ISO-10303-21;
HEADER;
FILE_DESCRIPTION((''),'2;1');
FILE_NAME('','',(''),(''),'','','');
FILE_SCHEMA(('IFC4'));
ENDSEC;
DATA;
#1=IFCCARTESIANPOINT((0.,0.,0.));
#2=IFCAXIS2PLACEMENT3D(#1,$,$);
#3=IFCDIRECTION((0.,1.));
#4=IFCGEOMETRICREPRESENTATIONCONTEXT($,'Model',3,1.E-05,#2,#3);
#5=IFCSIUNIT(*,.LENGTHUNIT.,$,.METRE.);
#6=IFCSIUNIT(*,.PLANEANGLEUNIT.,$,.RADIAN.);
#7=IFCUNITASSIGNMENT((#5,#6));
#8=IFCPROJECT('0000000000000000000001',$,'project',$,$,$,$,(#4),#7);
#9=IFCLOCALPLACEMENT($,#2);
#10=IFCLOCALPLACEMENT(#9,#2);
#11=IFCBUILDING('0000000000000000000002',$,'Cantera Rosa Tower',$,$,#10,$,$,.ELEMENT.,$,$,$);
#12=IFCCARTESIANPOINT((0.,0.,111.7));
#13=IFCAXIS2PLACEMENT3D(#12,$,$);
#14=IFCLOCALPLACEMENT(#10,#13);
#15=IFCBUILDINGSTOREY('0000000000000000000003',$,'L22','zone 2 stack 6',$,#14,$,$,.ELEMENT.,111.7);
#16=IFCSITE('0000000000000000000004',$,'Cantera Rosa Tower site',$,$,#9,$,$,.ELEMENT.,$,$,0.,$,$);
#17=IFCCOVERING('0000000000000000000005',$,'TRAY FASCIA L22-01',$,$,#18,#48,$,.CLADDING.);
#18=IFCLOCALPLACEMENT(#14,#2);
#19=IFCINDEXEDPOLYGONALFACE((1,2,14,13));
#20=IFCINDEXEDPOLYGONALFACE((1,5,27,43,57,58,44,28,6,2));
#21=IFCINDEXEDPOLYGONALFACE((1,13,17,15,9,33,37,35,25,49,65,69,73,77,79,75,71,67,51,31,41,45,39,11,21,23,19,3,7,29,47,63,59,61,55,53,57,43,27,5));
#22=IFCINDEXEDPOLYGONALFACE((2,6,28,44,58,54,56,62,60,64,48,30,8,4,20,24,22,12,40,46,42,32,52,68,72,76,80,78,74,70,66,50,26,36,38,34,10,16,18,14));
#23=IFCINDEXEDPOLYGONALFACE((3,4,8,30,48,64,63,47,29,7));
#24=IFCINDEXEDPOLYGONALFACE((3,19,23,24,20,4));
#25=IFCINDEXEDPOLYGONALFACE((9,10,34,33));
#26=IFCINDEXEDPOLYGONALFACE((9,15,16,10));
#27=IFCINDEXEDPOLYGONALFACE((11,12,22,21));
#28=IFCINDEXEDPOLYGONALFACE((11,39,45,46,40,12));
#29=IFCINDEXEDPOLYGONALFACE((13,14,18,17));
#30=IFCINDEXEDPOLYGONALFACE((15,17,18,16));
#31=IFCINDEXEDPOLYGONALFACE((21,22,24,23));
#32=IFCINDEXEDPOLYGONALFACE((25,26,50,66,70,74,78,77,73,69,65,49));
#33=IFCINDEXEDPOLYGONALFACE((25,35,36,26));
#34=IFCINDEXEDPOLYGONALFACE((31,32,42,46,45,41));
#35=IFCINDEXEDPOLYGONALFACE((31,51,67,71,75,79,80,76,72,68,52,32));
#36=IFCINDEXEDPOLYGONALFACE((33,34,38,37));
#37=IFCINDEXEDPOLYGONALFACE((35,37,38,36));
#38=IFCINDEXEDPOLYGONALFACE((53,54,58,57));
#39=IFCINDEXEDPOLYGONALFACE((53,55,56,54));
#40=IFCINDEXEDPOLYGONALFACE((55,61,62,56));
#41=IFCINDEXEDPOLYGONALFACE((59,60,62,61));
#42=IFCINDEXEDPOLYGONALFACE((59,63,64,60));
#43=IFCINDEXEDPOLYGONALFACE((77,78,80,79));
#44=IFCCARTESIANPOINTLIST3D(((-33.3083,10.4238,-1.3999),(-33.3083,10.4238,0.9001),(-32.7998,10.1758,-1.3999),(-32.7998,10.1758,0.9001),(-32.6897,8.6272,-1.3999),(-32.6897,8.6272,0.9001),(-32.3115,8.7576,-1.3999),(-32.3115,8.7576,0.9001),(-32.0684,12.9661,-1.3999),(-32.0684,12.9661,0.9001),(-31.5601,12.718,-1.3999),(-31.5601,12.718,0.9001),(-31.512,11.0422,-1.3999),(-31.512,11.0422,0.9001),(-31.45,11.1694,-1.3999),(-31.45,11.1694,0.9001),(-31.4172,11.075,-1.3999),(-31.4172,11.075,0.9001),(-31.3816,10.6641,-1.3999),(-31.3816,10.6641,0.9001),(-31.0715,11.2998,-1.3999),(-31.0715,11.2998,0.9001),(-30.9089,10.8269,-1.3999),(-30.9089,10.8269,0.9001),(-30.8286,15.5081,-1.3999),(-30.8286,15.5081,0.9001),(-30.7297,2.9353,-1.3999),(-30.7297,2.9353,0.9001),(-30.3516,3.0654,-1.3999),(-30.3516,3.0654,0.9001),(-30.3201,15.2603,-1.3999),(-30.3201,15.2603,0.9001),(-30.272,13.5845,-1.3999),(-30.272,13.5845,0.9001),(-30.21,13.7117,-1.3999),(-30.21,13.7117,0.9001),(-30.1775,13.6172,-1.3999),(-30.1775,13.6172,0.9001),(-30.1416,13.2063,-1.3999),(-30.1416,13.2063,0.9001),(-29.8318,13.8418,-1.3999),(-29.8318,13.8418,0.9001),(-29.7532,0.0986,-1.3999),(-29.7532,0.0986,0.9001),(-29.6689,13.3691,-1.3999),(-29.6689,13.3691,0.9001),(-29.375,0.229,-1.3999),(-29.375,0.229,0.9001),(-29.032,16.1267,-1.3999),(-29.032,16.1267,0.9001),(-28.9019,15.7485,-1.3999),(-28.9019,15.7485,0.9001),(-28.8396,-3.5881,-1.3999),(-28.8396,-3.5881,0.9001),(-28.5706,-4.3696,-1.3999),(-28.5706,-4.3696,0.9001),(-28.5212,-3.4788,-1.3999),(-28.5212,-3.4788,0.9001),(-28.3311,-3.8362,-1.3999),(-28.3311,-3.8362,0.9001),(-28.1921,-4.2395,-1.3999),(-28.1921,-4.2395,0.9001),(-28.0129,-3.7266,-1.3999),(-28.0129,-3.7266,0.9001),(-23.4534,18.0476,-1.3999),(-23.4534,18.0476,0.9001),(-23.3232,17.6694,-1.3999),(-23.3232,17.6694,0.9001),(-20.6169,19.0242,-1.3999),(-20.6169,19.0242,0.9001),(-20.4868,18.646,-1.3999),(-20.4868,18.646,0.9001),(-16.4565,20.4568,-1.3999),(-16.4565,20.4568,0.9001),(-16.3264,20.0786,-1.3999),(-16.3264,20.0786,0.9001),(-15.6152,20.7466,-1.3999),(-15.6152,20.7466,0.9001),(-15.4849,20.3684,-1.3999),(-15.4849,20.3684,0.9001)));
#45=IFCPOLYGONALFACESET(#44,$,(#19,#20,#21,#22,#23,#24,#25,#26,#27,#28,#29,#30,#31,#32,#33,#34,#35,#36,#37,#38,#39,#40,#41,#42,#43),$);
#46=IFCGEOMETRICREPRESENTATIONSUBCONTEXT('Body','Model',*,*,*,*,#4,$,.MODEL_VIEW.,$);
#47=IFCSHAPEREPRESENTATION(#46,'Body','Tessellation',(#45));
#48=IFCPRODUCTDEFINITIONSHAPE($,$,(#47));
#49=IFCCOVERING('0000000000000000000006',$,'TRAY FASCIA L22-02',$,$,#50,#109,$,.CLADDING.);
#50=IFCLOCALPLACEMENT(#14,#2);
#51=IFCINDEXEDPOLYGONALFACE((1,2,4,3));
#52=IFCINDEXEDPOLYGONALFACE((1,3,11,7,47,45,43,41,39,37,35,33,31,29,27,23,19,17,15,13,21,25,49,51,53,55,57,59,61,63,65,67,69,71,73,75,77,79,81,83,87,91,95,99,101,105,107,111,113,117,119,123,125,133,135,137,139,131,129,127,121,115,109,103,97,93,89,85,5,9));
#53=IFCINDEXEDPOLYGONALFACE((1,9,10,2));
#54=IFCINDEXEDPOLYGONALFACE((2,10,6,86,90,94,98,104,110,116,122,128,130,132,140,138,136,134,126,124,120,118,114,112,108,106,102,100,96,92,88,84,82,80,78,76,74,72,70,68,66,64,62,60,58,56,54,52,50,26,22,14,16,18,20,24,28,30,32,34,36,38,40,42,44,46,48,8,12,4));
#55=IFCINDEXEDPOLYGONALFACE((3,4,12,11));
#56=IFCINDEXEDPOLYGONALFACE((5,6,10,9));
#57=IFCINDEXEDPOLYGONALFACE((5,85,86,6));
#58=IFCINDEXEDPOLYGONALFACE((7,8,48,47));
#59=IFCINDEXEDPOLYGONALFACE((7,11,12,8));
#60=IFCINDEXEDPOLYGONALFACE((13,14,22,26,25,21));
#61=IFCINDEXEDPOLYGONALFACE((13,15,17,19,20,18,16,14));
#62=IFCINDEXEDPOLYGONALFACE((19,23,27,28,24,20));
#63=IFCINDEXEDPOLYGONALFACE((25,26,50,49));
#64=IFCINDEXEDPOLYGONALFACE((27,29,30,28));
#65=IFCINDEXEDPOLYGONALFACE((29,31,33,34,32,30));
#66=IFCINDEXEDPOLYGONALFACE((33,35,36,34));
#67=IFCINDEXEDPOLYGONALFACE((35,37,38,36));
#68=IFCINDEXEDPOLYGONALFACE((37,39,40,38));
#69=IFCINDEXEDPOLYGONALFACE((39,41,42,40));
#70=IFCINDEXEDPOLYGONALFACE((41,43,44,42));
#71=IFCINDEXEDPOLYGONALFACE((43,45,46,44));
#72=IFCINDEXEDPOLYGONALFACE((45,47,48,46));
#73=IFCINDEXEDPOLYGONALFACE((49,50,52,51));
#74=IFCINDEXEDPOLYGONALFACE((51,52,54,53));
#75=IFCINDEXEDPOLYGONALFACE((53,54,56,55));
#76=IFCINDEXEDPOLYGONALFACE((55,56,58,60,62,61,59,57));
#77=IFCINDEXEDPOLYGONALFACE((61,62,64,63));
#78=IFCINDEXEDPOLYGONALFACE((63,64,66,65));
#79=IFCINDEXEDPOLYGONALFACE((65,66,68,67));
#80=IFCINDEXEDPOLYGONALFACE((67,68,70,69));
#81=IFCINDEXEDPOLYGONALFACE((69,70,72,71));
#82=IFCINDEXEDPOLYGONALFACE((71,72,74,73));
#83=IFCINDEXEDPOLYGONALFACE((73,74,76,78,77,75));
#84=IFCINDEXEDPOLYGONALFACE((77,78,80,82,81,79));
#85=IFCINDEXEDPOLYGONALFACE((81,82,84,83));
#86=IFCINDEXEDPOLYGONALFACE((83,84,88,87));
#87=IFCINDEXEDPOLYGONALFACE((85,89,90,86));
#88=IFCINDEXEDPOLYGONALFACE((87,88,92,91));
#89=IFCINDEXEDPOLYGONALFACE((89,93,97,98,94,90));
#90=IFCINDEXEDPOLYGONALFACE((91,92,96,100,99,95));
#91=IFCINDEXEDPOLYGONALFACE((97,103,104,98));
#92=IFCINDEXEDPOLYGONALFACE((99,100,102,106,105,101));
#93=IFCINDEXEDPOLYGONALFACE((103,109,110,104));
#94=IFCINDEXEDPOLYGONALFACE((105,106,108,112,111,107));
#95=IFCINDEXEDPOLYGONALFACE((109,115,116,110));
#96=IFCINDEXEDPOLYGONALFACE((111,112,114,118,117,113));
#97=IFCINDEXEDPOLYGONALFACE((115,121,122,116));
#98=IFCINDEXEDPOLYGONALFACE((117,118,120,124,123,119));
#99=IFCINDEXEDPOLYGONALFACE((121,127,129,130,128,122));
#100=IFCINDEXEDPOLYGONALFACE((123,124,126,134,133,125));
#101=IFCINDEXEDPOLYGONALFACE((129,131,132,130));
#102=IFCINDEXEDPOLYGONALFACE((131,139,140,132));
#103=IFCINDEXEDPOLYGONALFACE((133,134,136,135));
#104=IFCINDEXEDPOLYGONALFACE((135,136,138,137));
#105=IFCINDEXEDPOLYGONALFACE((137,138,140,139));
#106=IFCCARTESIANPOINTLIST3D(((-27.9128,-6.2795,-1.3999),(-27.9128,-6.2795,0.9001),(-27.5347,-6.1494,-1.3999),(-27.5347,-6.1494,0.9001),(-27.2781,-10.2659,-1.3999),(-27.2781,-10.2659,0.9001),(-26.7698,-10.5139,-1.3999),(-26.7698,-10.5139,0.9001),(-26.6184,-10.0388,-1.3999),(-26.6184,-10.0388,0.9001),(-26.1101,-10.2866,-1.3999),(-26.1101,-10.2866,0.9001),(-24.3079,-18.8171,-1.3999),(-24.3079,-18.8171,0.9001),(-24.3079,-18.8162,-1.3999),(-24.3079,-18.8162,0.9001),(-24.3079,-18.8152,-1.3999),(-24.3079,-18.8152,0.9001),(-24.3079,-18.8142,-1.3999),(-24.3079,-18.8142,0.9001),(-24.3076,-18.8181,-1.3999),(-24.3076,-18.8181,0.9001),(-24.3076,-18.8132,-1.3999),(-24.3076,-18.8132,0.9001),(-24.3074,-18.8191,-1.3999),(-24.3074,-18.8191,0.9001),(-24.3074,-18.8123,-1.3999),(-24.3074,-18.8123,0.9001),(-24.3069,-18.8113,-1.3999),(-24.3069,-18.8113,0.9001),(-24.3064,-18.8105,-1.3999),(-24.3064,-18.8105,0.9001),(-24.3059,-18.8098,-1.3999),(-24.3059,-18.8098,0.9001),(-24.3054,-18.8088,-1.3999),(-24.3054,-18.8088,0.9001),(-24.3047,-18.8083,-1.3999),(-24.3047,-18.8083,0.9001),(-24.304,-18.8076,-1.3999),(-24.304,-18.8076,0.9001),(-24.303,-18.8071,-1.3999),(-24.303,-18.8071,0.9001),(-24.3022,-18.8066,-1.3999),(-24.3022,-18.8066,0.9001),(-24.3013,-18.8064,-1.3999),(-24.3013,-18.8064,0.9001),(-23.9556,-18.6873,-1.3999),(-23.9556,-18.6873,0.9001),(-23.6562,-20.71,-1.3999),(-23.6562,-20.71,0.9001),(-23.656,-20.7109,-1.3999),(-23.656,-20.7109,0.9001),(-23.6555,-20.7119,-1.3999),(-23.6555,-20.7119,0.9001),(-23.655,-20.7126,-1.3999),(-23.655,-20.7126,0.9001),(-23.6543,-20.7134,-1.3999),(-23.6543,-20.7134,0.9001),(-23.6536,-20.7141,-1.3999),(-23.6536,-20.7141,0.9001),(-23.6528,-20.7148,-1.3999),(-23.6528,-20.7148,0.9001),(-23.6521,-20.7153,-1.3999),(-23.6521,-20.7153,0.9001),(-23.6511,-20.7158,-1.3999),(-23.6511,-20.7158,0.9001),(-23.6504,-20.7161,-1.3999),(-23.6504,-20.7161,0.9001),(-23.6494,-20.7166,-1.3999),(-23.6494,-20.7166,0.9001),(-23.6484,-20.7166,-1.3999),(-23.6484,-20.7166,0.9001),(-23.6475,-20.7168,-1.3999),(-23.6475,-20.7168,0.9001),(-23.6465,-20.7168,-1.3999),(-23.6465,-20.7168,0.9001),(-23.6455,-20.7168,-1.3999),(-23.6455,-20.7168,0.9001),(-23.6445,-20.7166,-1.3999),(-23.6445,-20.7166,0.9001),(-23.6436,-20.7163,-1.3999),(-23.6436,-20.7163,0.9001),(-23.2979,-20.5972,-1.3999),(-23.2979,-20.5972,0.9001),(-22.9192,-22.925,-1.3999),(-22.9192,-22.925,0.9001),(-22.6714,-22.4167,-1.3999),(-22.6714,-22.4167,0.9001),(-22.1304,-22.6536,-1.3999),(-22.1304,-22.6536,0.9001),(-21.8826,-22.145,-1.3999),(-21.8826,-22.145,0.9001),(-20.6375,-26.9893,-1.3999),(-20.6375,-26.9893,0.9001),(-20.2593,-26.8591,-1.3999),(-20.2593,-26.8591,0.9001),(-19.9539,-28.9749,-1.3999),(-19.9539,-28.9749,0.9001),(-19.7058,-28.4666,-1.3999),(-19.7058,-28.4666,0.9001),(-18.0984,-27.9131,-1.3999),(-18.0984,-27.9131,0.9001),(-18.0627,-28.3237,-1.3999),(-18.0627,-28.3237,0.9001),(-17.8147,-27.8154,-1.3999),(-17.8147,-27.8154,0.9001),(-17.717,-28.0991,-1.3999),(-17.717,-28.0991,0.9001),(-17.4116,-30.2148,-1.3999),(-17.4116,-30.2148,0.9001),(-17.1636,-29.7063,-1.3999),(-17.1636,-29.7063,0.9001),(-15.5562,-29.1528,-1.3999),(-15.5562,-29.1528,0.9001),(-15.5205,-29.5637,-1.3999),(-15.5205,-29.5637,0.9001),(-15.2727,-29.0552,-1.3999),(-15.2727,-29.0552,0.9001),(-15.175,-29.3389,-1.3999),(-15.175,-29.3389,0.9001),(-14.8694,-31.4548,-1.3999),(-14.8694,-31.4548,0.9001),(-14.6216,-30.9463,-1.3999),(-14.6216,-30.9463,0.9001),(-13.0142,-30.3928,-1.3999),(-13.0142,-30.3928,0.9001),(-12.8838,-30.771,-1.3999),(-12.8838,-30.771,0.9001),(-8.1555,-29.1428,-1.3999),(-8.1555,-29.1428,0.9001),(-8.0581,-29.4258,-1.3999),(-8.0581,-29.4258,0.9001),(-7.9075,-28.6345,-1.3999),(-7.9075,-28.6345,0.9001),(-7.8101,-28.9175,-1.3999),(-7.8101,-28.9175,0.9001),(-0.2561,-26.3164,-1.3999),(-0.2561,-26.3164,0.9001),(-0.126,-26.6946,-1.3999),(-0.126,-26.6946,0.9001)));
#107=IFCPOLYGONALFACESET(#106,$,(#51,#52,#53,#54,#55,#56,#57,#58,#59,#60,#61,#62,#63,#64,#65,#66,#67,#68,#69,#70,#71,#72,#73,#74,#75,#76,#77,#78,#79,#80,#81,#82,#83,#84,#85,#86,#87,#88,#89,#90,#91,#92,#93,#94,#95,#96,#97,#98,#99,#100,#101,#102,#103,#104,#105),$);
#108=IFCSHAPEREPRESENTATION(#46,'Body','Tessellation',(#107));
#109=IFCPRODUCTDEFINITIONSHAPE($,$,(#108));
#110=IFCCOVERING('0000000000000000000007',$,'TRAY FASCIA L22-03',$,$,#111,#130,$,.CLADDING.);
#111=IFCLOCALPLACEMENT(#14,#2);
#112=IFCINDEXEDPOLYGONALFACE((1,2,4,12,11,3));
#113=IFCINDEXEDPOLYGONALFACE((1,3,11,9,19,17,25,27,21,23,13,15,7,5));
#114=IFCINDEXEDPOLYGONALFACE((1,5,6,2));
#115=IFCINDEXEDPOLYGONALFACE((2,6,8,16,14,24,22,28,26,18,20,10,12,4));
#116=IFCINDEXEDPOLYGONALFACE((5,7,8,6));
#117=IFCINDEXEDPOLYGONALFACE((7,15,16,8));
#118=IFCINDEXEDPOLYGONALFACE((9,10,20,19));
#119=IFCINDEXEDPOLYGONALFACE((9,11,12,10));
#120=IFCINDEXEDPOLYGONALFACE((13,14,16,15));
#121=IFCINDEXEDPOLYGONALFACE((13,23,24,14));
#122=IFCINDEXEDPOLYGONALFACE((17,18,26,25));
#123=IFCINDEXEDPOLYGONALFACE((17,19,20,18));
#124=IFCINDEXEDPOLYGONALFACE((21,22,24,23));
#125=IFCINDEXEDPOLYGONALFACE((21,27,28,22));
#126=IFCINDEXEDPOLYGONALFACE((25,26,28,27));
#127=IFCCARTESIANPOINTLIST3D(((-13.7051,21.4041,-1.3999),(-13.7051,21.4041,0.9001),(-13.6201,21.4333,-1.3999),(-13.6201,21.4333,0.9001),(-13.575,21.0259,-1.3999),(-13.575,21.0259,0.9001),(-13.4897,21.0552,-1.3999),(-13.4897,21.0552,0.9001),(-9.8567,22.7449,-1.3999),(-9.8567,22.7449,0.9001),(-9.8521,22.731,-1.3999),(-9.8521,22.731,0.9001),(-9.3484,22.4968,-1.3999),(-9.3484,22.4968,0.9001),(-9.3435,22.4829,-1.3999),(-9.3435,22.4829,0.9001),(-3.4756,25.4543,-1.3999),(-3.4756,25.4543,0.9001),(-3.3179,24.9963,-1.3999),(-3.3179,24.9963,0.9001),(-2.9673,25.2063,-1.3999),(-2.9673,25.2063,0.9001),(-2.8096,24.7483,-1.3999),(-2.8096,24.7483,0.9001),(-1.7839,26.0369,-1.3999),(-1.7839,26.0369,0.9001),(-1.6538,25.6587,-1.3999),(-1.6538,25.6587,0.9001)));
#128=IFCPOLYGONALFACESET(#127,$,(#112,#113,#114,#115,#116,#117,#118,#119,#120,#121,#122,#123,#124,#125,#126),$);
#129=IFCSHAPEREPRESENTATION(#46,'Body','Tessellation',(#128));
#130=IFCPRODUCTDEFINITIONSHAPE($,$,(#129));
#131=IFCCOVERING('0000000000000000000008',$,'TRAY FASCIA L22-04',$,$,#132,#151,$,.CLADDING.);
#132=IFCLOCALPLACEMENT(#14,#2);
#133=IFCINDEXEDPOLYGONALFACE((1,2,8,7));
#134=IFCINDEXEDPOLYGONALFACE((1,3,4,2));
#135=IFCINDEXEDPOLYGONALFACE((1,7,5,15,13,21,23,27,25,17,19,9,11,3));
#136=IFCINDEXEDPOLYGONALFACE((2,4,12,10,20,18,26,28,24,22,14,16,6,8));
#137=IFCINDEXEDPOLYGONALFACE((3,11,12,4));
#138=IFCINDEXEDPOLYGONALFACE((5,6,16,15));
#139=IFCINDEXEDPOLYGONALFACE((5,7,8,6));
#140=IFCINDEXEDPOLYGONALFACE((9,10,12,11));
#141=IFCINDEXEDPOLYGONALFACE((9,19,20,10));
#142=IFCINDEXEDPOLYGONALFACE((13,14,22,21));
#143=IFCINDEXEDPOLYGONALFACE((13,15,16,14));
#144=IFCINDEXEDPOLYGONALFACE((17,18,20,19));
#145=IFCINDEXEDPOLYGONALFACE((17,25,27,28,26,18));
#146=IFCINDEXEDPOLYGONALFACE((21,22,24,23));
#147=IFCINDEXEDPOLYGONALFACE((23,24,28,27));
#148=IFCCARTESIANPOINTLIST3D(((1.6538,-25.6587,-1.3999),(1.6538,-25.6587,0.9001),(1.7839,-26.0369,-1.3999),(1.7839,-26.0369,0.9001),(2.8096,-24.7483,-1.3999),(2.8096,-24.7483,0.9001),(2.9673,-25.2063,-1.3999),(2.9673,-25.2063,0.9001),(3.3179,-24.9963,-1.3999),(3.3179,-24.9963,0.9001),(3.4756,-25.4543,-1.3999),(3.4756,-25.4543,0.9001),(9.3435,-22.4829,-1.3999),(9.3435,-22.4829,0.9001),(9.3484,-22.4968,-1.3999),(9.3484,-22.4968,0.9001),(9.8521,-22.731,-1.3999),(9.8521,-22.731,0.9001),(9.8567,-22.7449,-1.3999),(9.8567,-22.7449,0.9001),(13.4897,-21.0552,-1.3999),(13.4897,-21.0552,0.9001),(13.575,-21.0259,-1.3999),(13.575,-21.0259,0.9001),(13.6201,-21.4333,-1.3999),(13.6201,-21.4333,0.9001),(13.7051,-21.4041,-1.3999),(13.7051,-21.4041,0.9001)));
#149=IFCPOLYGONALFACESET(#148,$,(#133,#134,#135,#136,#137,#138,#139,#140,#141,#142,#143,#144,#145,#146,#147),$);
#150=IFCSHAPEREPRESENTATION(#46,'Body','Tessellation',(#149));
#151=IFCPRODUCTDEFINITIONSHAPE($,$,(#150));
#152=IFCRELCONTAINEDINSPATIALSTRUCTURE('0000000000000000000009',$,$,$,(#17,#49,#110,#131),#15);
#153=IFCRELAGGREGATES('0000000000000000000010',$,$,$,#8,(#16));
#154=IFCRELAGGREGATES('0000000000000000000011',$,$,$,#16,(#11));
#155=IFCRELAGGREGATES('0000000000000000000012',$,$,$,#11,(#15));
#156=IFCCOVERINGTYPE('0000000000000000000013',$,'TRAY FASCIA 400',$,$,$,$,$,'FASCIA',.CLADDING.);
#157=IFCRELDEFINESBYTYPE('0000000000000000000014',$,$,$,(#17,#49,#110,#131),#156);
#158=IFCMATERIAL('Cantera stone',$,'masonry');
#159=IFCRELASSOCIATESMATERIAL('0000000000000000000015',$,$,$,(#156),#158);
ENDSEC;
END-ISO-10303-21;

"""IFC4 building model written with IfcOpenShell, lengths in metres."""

from ifc_helpers import new_model, si_unit, direction, frame, origin, place, context, subcontext, project, spatial, polyline, outline, extrude, material, type_object, element, save


model = new_model("IFC4")

# Units and contexts
model_context = context("Model", 3, precision=1e-05, world=origin(), true_north=direction((0.0, 1.0)))
body_context = subcontext(model_context, "Body", "Model", "MODEL_VIEW")
ifc_project = project(units=[si_unit("LENGTHUNIT", "METRE"), si_unit("PLANEANGLEUNIT", "RADIAN")], contexts=[model_context])

# Site, building, storey
site_placement = place(None, origin())
site = spatial("IfcSite", under=ifc_project, at=site_placement, Name="Cantera Rosa Tower site", CompositionType="ELEMENT", RefElevation=0.0)
building_placement = place(site_placement, origin())
building = spatial("IfcBuilding", under=site, at=building_placement, Name="Cantera Rosa Tower", CompositionType="ELEMENT")
storey_placement = place(building_placement, frame((0.0, 0.0, 111.7)))
storey = spatial("IfcBuildingStorey", under=building, at=storey_placement, Name="L22", Description="zone 2 stack 6", CompositionType="ELEMENT", Elevation=111.7)

# Coverings
ifc_material_1 = material(Name="Cantera stone", Category="masonry")
covering_type_1 = type_object("IfcCoveringType", Name="TRAY FASCIA 400", ElementType="FASCIA", PredefinedType="CLADDING", material=ifc_material_1)
covering_1_placement = place(storey_placement, frame((0.0, 0.0, -1.3999)))
element("IfcCovering", 1, at=covering_1_placement, inside=storey, type_object=covering_type_1, Name="TRAY FASCIA L22-01", PredefinedType="CLADDING", context=body_context, shape_type="SweptSolid", body=[
    extrude(outline(polyline([(-30.7297, 2.9353), (-32.6897, 8.6272), (-33.3083, 10.4238), (-31.512, 11.0422), (-31.4172, 11.075), (-31.45, 11.1694), (-32.0684, 12.9661), (-30.272, 13.5845), (-30.1775, 13.6172), (-30.21, 13.7117), (-30.8286, 15.5081), (-29.032, 16.1267), (-23.4534, 18.0476), (-20.6169, 19.0242), (-16.4565, 20.4568), (-15.6152, 20.7466), (-15.4849, 20.3684), (-16.3264, 20.0786), (-20.4868, 18.646), (-23.3232, 17.6694), (-28.9019, 15.7485), (-30.3201, 15.2603), (-29.8318, 13.8418), (-29.6689, 13.3691), (-30.1416, 13.2063), (-31.5601, 12.718), (-31.0715, 11.2998), (-30.9089, 10.8269), (-31.3816, 10.6641), (-32.7998, 10.1758), (-32.3115, 8.7576), (-30.3516, 3.0654), (-29.375, 0.229), (-28.0129, -3.7266), (-28.3311, -3.8362), (-28.1921, -4.2395), (-28.5706, -4.3696), (-28.8396, -3.5881), (-28.5212, -3.4788), (-29.7532, 0.0986), (-30.7297, 2.9353)])), origin(), (0.0, 0.0, 1.0), 2.3),
])
covering_2_placement = place(storey_placement, frame((0.0, 0.0, -1.3999)))
element("IfcCovering", 2, at=covering_2_placement, inside=storey, type_object=covering_type_1, Name="TRAY FASCIA L22-02", PredefinedType="CLADDING", context=body_context, shape_type="SweptSolid", body=[
    extrude(outline(polyline([(-8.0581, -29.4258), (-8.1555, -29.1428), (-12.8838, -30.771), (-14.8694, -31.4548), (-15.5205, -29.5637), (-17.4116, -30.2148), (-18.0627, -28.3237), (-19.9539, -28.9749), (-20.6375, -26.9893), (-22.1304, -22.6536), (-22.9192, -22.925), (-27.2781, -10.2659), (-26.6184, -10.0388), (-27.9128, -6.2795), (-27.5347, -6.1494), (-26.1101, -10.2866), (-26.7698, -10.5139), (-23.9556, -18.6873), (-24.3013, -18.8064), (-24.3022, -18.8066), (-24.303, -18.8071), (-24.304, -18.8076), (-24.3047, -18.8083), (-24.3054, -18.8088), (-24.3059, -18.8098), (-24.3064, -18.8105), (-24.3069, -18.8113), (-24.3074, -18.8123), (-24.3076, -18.8132), (-24.3079, -18.8142), (-24.3079, -18.8152), (-24.3079, -18.8162), (-24.3079, -18.8171), (-24.3076, -18.8181), (-24.3074, -18.8191), (-23.6562, -20.71), (-23.656, -20.7109), (-23.6555, -20.7119), (-23.655, -20.7126), (-23.6543, -20.7134), (-23.6536, -20.7141), (-23.6528, -20.7148), (-23.6521, -20.7153), (-23.6511, -20.7158), (-23.6504, -20.7161), (-23.6494, -20.7166), (-23.6484, -20.7166), (-23.6475, -20.7168), (-23.6465, -20.7168), (-23.6455, -20.7168), (-23.6445, -20.7166), (-23.6436, -20.7163), (-23.2979, -20.5972), (-22.6714, -22.4167), (-21.8826, -22.145), (-20.2593, -26.8591), (-19.7058, -28.4666), (-18.0984, -27.9131), (-17.8147, -27.8154), (-17.717, -28.0991), (-17.1636, -29.7063), (-15.5562, -29.1528), (-15.2727, -29.0552), (-15.175, -29.3389), (-14.6216, -30.9463), (-13.0142, -30.3928), (-7.9075, -28.6345), (-7.8101, -28.9175), (-0.2561, -26.3164), (-0.126, -26.6946), (-8.0581, -29.4258)])), origin(), (0.0, 0.0, 1.0), 2.3),
])
covering_3_placement = place(storey_placement, frame((0.0, 0.0, -1.3999)))
element("IfcCovering", 3, at=covering_3_placement, inside=storey, type_object=covering_type_1, Name="TRAY FASCIA L22-03", PredefinedType="CLADDING", context=body_context, shape_type="SweptSolid", body=[
    extrude(outline(polyline([(-13.6201, 21.4333), (-9.8521, 22.731), (-9.8567, 22.7449), (-3.3179, 24.9963), (-3.4756, 25.4543), (-1.7839, 26.0369), (-1.6538, 25.6587), (-2.9673, 25.2063), (-2.8096, 24.7483), (-9.3484, 22.4968), (-9.3435, 22.4829), (-13.4897, 21.0552), (-13.575, 21.0259), (-13.7051, 21.4041), (-13.6201, 21.4333)])), origin(), (0.0, 0.0, 1.0), 2.3),
])
covering_4_placement = place(storey_placement, frame((0.0, 0.0, -1.3999)))
element("IfcCovering", 4, at=covering_4_placement, inside=storey, type_object=covering_type_1, Name="TRAY FASCIA L22-04", PredefinedType="CLADDING", context=body_context, shape_type="SweptSolid", body=[
    extrude(outline(polyline([(13.6201, -21.4333), (9.8521, -22.731), (9.8567, -22.7449), (3.3179, -24.9963), (3.4756, -25.4543), (1.7839, -26.0369), (1.6538, -25.6587), (2.9673, -25.2063), (2.8096, -24.7483), (9.3484, -22.4968), (9.3435, -22.4829), (13.4897, -21.0552), (13.575, -21.0259), (13.7051, -21.4041), (13.6201, -21.4333)])), origin(), (0.0, 0.0, 1.0), 2.3),
])

save(model, "model.ifc")
